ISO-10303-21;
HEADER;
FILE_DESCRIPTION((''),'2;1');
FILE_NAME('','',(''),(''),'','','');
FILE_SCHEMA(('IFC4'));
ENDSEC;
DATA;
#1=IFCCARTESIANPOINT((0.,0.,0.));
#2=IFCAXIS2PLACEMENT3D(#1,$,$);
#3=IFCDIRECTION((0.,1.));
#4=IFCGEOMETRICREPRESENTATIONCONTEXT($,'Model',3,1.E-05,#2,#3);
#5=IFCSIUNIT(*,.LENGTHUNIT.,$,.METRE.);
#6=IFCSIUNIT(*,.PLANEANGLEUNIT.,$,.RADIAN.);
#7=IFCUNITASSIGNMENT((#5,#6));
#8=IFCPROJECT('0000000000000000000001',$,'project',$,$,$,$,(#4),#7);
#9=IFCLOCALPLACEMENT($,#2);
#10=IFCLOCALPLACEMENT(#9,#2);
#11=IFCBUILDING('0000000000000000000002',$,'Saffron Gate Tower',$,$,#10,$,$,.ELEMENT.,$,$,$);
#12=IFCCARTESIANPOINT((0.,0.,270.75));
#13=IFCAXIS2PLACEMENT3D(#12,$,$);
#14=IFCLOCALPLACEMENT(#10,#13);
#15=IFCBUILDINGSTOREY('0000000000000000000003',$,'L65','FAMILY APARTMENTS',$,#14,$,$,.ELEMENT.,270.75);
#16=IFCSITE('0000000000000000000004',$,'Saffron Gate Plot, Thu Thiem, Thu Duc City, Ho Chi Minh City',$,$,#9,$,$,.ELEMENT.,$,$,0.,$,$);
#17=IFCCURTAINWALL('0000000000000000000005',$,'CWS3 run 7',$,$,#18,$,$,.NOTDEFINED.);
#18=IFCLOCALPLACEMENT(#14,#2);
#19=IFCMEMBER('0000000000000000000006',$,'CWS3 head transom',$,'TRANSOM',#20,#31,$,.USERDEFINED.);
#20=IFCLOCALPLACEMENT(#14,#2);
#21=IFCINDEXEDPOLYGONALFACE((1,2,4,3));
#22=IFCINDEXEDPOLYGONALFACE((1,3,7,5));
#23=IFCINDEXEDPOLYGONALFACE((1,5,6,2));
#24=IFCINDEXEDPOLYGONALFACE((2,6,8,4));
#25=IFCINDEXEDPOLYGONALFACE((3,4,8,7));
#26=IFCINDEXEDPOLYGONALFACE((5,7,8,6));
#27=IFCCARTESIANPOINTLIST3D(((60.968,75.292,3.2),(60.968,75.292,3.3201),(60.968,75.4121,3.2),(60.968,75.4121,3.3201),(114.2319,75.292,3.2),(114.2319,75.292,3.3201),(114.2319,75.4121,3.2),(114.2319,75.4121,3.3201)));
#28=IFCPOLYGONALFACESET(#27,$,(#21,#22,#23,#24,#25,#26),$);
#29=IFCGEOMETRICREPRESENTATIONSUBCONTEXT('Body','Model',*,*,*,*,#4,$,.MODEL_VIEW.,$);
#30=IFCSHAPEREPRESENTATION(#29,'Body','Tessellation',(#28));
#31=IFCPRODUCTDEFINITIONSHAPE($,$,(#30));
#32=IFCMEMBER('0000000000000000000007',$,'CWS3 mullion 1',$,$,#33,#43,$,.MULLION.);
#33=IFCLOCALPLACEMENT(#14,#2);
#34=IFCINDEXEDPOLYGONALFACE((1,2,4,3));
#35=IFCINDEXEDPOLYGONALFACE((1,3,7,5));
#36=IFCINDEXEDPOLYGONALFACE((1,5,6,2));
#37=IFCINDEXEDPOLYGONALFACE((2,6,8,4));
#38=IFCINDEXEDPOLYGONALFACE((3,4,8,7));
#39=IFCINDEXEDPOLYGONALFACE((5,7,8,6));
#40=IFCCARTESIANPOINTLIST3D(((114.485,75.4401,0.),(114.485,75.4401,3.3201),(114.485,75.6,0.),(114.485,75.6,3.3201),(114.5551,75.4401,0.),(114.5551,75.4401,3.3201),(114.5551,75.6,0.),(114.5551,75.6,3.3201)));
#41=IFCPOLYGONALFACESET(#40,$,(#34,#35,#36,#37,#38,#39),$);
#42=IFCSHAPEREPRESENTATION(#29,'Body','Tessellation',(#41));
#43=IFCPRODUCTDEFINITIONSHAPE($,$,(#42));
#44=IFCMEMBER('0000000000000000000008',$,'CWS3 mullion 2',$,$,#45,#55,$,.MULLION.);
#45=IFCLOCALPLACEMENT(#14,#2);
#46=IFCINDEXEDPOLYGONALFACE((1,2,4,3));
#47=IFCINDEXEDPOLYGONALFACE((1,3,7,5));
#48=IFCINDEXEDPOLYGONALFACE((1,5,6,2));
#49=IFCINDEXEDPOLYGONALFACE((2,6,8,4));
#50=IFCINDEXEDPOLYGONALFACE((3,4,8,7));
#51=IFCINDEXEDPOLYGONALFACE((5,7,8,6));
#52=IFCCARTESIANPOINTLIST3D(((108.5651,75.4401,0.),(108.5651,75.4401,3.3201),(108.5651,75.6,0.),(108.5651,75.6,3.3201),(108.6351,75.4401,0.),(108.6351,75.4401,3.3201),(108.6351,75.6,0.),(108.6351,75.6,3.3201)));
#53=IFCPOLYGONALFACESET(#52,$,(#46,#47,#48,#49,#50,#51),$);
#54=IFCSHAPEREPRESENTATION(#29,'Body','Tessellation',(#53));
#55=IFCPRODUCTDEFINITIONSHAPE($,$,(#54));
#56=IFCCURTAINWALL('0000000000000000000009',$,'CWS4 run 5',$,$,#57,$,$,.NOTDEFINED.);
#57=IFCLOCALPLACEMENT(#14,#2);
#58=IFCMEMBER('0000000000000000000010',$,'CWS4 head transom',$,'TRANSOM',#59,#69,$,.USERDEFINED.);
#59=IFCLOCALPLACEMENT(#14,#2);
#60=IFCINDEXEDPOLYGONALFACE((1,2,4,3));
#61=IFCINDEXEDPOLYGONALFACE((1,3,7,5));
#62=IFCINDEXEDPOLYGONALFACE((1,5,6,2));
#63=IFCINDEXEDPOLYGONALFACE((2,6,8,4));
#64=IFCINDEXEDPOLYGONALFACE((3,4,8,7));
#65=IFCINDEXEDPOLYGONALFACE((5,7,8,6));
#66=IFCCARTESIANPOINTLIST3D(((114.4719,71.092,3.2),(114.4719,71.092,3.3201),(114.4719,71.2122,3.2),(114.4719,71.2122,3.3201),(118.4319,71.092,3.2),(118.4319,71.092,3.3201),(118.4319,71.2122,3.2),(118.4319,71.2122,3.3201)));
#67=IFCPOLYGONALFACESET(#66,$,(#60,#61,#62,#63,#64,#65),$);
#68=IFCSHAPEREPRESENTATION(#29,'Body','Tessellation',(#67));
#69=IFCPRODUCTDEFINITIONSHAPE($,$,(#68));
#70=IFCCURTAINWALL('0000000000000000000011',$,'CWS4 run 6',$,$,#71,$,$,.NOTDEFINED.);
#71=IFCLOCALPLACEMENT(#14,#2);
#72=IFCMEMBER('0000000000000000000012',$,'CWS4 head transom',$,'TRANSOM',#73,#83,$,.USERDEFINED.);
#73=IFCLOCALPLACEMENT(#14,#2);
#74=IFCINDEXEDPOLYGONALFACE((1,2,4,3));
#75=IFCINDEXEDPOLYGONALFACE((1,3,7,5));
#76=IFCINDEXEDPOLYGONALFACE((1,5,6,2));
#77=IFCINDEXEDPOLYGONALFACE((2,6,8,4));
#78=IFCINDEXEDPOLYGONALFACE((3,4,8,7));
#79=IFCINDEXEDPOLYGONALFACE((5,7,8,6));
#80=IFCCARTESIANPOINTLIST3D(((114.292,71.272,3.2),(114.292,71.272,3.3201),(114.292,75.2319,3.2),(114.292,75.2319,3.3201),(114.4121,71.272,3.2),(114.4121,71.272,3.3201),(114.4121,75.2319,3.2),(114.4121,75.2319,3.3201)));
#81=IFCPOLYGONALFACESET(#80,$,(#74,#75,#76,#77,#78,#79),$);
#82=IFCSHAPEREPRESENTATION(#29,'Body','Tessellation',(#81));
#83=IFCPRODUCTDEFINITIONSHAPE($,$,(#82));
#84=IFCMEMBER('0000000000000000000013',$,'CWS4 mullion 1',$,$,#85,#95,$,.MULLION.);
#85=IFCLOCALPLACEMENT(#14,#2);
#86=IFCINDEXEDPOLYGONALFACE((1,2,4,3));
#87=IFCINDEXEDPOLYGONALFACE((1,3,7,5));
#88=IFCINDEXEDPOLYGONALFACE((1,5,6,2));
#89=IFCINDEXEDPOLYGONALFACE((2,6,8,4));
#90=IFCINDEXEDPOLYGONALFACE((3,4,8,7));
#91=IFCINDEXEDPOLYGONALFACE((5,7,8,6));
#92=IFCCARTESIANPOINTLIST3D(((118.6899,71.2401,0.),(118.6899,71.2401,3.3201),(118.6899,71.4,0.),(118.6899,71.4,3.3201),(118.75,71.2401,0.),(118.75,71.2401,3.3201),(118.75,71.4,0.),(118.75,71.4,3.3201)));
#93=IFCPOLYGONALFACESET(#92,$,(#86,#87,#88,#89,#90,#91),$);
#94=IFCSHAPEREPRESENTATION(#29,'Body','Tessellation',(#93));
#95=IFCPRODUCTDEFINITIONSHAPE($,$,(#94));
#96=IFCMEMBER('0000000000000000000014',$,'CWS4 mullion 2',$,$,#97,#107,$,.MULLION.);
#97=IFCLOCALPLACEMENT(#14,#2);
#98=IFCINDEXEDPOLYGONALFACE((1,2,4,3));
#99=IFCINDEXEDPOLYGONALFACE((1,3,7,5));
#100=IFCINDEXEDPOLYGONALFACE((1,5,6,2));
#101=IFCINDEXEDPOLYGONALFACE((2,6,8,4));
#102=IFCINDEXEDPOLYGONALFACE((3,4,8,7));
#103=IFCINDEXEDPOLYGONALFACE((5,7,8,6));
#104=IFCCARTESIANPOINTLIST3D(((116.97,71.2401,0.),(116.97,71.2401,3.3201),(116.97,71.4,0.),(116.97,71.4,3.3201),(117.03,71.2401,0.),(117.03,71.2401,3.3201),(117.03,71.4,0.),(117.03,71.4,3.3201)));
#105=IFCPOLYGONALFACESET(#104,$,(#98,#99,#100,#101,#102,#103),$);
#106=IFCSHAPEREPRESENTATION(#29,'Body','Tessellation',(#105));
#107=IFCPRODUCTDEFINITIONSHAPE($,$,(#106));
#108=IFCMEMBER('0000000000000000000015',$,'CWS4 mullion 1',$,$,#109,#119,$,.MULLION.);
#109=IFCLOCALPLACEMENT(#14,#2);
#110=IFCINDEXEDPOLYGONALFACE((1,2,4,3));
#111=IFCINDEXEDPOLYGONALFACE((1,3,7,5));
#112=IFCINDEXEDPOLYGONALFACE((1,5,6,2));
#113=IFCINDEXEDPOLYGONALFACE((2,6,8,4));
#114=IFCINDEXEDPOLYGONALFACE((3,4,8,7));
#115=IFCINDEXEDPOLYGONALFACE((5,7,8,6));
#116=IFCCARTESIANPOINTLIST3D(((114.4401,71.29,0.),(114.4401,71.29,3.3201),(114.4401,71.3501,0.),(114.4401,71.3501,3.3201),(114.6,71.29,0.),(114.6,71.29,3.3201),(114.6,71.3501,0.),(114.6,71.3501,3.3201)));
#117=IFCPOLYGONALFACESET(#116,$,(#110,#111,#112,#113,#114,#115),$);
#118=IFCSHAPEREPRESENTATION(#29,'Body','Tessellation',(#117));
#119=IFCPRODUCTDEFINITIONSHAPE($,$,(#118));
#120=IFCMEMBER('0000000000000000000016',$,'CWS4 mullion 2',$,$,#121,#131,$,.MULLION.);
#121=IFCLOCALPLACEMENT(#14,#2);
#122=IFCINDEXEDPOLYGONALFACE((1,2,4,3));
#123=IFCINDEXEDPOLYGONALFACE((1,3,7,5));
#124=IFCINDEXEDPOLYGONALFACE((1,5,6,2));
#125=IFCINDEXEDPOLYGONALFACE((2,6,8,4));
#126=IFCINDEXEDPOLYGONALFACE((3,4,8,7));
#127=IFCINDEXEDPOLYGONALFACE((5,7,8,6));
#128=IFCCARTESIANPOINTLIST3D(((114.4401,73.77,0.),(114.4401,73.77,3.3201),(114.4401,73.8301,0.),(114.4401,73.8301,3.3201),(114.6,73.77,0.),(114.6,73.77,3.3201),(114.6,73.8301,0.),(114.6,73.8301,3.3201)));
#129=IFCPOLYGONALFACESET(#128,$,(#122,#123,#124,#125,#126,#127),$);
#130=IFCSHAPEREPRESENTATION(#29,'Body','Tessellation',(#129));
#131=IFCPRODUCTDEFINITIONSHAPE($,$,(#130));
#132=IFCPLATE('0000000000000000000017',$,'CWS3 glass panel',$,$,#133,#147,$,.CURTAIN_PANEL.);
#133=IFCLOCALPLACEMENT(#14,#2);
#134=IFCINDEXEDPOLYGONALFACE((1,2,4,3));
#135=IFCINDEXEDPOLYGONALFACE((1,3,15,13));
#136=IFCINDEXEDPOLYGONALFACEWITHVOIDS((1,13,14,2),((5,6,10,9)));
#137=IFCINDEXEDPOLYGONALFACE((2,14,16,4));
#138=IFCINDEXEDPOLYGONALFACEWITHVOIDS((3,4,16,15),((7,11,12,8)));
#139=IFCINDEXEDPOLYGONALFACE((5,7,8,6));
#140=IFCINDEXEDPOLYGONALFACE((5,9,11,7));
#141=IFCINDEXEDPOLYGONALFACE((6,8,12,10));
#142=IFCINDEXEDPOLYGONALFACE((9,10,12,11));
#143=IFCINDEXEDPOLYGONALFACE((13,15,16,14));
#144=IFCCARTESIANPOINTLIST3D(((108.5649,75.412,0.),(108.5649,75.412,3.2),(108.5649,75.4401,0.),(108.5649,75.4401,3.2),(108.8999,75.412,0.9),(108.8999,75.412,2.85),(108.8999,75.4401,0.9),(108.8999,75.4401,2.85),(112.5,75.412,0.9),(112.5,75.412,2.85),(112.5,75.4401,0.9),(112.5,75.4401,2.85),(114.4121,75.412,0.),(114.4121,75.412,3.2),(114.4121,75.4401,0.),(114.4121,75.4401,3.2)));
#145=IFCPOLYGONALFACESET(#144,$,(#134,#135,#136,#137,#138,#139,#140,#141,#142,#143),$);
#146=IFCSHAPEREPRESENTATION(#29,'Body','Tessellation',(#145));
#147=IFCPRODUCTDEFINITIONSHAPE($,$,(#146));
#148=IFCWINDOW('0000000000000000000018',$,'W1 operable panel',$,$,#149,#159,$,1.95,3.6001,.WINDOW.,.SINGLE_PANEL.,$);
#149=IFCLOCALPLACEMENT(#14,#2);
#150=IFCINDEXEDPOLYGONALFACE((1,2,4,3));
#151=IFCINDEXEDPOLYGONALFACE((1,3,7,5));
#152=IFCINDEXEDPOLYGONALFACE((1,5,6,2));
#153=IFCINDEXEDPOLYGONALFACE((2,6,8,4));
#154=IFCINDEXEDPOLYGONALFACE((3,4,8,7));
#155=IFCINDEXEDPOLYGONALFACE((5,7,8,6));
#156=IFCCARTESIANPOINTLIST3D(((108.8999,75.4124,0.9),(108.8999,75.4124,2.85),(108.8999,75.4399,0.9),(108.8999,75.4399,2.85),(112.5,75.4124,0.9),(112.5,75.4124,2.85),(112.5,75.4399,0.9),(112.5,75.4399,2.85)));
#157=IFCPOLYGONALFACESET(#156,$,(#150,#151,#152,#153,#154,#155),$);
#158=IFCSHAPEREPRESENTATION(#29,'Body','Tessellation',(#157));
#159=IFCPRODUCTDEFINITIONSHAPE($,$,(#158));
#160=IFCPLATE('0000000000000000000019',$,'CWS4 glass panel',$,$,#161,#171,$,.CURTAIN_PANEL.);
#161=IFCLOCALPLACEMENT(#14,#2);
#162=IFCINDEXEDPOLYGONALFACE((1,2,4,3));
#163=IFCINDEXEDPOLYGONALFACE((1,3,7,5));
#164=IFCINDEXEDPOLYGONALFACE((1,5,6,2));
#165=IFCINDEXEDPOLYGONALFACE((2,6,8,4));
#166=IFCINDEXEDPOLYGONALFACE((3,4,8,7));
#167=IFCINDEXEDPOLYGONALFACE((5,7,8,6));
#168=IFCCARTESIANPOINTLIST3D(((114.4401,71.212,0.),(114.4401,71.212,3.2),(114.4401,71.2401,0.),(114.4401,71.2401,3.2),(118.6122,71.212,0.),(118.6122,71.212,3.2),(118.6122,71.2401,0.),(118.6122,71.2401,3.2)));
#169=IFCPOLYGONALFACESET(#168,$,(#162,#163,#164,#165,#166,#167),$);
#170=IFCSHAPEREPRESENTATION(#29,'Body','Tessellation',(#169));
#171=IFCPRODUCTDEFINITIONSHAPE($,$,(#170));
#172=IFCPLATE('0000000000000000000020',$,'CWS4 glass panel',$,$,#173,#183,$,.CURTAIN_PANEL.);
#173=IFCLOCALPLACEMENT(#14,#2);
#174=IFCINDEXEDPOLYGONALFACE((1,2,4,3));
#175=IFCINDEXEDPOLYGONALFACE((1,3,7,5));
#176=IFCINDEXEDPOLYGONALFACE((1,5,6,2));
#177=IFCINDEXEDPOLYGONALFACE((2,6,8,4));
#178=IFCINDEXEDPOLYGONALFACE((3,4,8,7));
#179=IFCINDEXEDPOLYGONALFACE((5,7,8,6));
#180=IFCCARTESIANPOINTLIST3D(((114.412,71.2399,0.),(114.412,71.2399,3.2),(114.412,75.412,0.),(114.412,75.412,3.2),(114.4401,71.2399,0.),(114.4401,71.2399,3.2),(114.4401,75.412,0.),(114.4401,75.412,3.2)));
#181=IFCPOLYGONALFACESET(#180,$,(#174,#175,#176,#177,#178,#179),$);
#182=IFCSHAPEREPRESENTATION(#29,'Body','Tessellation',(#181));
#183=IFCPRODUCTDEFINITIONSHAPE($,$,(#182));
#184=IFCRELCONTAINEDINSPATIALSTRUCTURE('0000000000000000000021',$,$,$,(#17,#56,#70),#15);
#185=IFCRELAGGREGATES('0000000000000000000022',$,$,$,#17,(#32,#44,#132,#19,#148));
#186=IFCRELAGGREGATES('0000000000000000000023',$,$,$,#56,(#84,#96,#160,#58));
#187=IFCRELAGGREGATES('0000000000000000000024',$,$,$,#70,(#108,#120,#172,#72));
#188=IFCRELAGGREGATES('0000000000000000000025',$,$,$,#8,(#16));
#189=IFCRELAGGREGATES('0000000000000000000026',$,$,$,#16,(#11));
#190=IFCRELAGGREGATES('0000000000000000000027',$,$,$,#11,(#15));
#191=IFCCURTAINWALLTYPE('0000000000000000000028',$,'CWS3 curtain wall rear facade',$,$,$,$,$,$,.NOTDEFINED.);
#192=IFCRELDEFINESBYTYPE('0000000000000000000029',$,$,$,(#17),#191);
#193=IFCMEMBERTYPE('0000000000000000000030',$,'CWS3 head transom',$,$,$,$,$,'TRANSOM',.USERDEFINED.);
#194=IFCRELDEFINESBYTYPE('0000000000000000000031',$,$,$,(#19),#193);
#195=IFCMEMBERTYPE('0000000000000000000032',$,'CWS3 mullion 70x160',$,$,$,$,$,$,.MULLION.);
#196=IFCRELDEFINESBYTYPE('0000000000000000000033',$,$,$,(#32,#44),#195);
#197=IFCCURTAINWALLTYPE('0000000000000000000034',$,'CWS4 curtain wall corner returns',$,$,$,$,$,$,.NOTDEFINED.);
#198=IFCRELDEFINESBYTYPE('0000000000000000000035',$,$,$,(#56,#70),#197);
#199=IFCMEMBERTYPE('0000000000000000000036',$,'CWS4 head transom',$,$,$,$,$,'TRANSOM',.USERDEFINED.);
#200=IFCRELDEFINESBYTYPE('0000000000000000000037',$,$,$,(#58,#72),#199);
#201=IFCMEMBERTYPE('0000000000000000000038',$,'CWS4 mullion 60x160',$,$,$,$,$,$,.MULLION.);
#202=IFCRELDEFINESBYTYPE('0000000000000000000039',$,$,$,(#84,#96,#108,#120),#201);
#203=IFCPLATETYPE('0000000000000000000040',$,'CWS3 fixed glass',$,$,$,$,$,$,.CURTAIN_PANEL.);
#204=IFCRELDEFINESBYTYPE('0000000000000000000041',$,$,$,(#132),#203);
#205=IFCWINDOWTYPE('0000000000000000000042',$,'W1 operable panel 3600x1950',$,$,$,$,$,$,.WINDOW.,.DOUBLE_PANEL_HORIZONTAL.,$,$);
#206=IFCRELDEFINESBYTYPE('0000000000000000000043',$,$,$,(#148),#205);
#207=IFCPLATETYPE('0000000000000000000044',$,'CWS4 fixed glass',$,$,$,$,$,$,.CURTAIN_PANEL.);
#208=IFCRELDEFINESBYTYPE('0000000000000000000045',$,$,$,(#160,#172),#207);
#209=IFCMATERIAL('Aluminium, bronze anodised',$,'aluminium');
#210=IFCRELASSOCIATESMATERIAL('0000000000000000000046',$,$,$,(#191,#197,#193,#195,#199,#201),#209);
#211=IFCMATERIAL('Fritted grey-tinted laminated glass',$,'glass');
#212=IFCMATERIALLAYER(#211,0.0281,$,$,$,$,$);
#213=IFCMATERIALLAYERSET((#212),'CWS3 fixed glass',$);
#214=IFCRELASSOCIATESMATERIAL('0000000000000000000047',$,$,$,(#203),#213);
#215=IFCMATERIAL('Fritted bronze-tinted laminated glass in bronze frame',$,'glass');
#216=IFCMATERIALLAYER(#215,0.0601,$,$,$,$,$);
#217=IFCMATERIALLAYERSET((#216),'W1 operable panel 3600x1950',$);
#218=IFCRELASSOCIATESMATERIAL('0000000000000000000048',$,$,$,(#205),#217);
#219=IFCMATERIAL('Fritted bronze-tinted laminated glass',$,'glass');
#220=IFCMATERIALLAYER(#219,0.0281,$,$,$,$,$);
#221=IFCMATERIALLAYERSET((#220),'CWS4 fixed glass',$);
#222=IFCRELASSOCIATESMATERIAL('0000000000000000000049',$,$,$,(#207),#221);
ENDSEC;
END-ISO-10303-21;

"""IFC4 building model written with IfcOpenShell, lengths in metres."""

from ifc_helpers import new_model, si_unit, direction, frame, frame_2d, origin, origin_2d, place, context, subcontext, project, spatial, rectangle, extrude, material, layer, layer_set, material_profile, profile_set, type_object, element, fill, aggregate, save


model = new_model("IFC4")

# Units and contexts
model_context = context("Model", 3, precision=1e-05, world=origin(), true_north=direction((0.0, 1.0)))
body_context = subcontext(model_context, "Body", "Model", "MODEL_VIEW")
ifc_project = project(units=[si_unit("LENGTHUNIT", "METRE"), si_unit("PLANEANGLEUNIT", "RADIAN")], contexts=[model_context])

# Site, building, storey
site_placement = place(None, origin())
site = spatial("IfcSite", under=ifc_project, at=site_placement, Name="Saffron Gate Plot, Thu Thiem, Thu Duc City, Ho Chi Minh City", CompositionType="ELEMENT", RefElevation=0.0)
building_placement = place(site_placement, origin())
building = spatial("IfcBuilding", under=site, at=building_placement, Name="Saffron Gate Tower", CompositionType="ELEMENT")
storey_placement = place(building_placement, frame((0.0, 0.0, 270.75)))
storey = spatial("IfcBuildingStorey", under=building, at=storey_placement, Name="L65", Description="FAMILY APARTMENTS", CompositionType="ELEMENT", Elevation=270.75)

# Curtain wall, members
ifc_material_1 = material(Name="Aluminium, bronze anodised", Category="aluminium")
curtain_wall_type_1 = type_object("IfcCurtainWallType", Name="CWS3 curtain wall rear facade", PredefinedType="NOTDEFINED", material=ifc_material_1)
curtain_wall_1_placement = place(storey_placement, origin())
curtain_wall_1 = element("IfcCurtainWall", 1, at=curtain_wall_1_placement, inside=storey, type_object=curtain_wall_type_1, Name="CWS3 run 7", PredefinedType="NOTDEFINED")
ifc_material_profile_1 = material_profile(ifc_material_1, rectangle(XDim=0.1201, YDim=0.1201, at=origin_2d()))
ifc_profile_set_1 = profile_set([ifc_material_profile_1], Name="Aluminium, bronze anodised")
member_type_1 = type_object("IfcMemberType", Name="CWS3 head transom", ElementType="TRANSOM", PredefinedType="USERDEFINED", material=ifc_profile_set_1)
member_1_placement = place(storey_placement, frame((114.2319, 75.3521, 3.26), z_axis=(-1.0, 0.0, 0.0), x_axis=(0.0, -1.0, 0.0)))
member_1 = element("IfcMember", 2, at=member_1_placement, type_object=member_type_1, Name="CWS3 head transom", ObjectType="TRANSOM", PredefinedType="USERDEFINED", context=body_context, shape_type="SweptSolid", body=[
    extrude(rectangle(XDim=0.1201, YDim=0.1201, at=origin_2d()), origin(), (0.0, 0.0, 1.0), 53.2639),
])
ifc_material_profile_2 = material_profile(ifc_material_1, rectangle(XDim=0.1599, YDim=0.0701, at=origin_2d()))
ifc_profile_set_2 = profile_set([ifc_material_profile_2], Name="Aluminium, bronze anodised")
member_type_2 = type_object("IfcMemberType", Name="CWS3 mullion 70x160", PredefinedType="MULLION", material=ifc_profile_set_2)
member_2_placement = place(storey_placement, frame((114.52, 75.52, 0.0), z_axis=(0.0, 0.0, 1.0), x_axis=(0.0, -1.0, 0.0)))
member_2 = element("IfcMember", 3, at=member_2_placement, type_object=member_type_2, Name="CWS3 mullion 1", PredefinedType="MULLION", context=body_context, shape_type="SweptSolid", body=[
    extrude(rectangle(XDim=0.1599, YDim=0.0701, at=origin_2d()), origin(), (0.0, 0.0, 1.0), 3.3201),
])
member_3_placement = place(storey_placement, frame((108.6001, 75.52, 0.0), z_axis=(0.0, 0.0, 1.0), x_axis=(0.0, -1.0, 0.0)))
member_3 = element("IfcMember", 4, at=member_3_placement, type_object=member_type_2, Name="CWS3 mullion 2", PredefinedType="MULLION", context=body_context, shape_type="SweptSolid", body=[
    extrude(rectangle(XDim=0.1599, YDim=0.0701, at=origin_2d()), origin(), (0.0, 0.0, 1.0), 3.3201),
])

# Curtain walls, members
curtain_wall_type_2 = type_object("IfcCurtainWallType", Name="CWS4 curtain wall corner returns", PredefinedType="NOTDEFINED", material=ifc_material_1)
curtain_wall_2_placement = place(storey_placement, origin())
curtain_wall_2 = element("IfcCurtainWall", 5, at=curtain_wall_2_placement, inside=storey, type_object=curtain_wall_type_2, Name="CWS4 run 5", PredefinedType="NOTDEFINED")
ifc_material_profile_3 = material_profile(ifc_material_1, rectangle(XDim=0.1201, YDim=0.1201, at=origin_2d()))
ifc_profile_set_3 = profile_set([ifc_material_profile_3], Name="Aluminium, bronze anodised")
member_type_3 = type_object("IfcMemberType", Name="CWS4 head transom", ElementType="TRANSOM", PredefinedType="USERDEFINED", material=ifc_profile_set_3)
member_4_placement = place(storey_placement, frame((118.4319, 71.1521, 3.26), z_axis=(-1.0, 0.0, 0.0), x_axis=(0.0, -1.0, 0.0)))
member_4 = element("IfcMember", 6, at=member_4_placement, type_object=member_type_3, Name="CWS4 head transom", ObjectType="TRANSOM", PredefinedType="USERDEFINED", context=body_context, shape_type="SweptSolid", body=[
    extrude(rectangle(XDim=0.1201, YDim=0.1201, at=origin_2d()), origin(), (0.0, 0.0, 1.0), 3.96),
])
curtain_wall_3_placement = place(storey_placement, origin())
curtain_wall_3 = element("IfcCurtainWall", 7, at=curtain_wall_3_placement, inside=storey, type_object=curtain_wall_type_2, Name="CWS4 run 6", PredefinedType="NOTDEFINED")
member_5_placement = place(storey_placement, frame((114.3521, 71.272, 3.26), z_axis=(0.0, 1.0, 0.0), x_axis=(-1.0, 0.0, 0.0)))
member_5 = element("IfcMember", 8, at=member_5_placement, type_object=member_type_3, Name="CWS4 head transom", ObjectType="TRANSOM", PredefinedType="USERDEFINED", context=body_context, shape_type="SweptSolid", body=[
    extrude(rectangle(XDim=0.1201, YDim=0.1201, at=origin_2d()), origin(), (0.0, 0.0, 1.0), 3.96),
])

# Members
ifc_material_profile_4 = material_profile(ifc_material_1, rectangle(XDim=0.1599, YDim=0.0601, at=origin_2d()))
ifc_profile_set_4 = profile_set([ifc_material_profile_4], Name="Aluminium, bronze anodised")
member_type_4 = type_object("IfcMemberType", Name="CWS4 mullion 60x160", PredefinedType="MULLION", material=ifc_profile_set_4)
member_6_placement = place(storey_placement, frame((118.72, 71.3201, 0.0), z_axis=(0.0, 0.0, 1.0), x_axis=(0.0, -1.0, 0.0)))
member_6 = element("IfcMember", 9, at=member_6_placement, type_object=member_type_4, Name="CWS4 mullion 1", PredefinedType="MULLION", context=body_context, shape_type="SweptSolid", body=[
    extrude(rectangle(XDim=0.1599, YDim=0.0601, at=origin_2d()), origin(), (0.0, 0.0, 1.0), 3.3201),
])
member_7_placement = place(storey_placement, frame((117.0, 71.3201, 0.0), z_axis=(0.0, 0.0, 1.0), x_axis=(0.0, -1.0, 0.0)))
member_7 = element("IfcMember", 10, at=member_7_placement, type_object=member_type_4, Name="CWS4 mullion 2", PredefinedType="MULLION", context=body_context, shape_type="SweptSolid", body=[
    extrude(rectangle(XDim=0.1599, YDim=0.0601, at=origin_2d()), origin(), (0.0, 0.0, 1.0), 3.3201),
])
member_8_placement = place(storey_placement, frame((114.52, 71.3201, 0.0), z_axis=(0.0, 0.0, 1.0), x_axis=(-1.0, 0.0, 0.0)))
member_8 = element("IfcMember", 11, at=member_8_placement, type_object=member_type_4, Name="CWS4 mullion 1", PredefinedType="MULLION", context=body_context, shape_type="SweptSolid", body=[
    extrude(rectangle(XDim=0.1599, YDim=0.0601, at=origin_2d()), origin(), (0.0, 0.0, 1.0), 3.3201),
])
member_9_placement = place(storey_placement, frame((114.52, 73.8, 0.0), z_axis=(0.0, 0.0, 1.0), x_axis=(-1.0, 0.0, 0.0)))
member_9 = element("IfcMember", 12, at=member_9_placement, type_object=member_type_4, Name="CWS4 mullion 2", PredefinedType="MULLION", context=body_context, shape_type="SweptSolid", body=[
    extrude(rectangle(XDim=0.1599, YDim=0.0601, at=origin_2d()), origin(), (0.0, 0.0, 1.0), 3.3201),
])

# Plate, opening, window
ifc_material_2 = material(Name="Fritted grey-tinted laminated glass", Category="glass")
ifc_layer_1 = layer(ifc_material_2, 0.0281)
ifc_layer_set_1 = layer_set([ifc_layer_1], Name="CWS3 fixed glass")
plate_type_1 = type_object("IfcPlateType", Name="CWS3 fixed glass", PredefinedType="CURTAIN_PANEL", material=ifc_layer_set_1)
plate_1_placement = place(storey_placement, frame((114.4121, 75.426, 0.0), z_axis=(0.0, 0.0, 1.0), x_axis=(-1.0, 0.0, 0.0)))
plate_1 = element("IfcPlate", 13, at=plate_1_placement, type_object=plate_type_1, Name="CWS3 glass panel", PredefinedType="CURTAIN_PANEL", context=body_context, shape_type="SweptSolid", body=[
    extrude(rectangle(XDim=5.8472, YDim=0.0281, at=frame_2d((2.9236, 0.0))), origin(), (0.0, 0.0, 1.0), 3.2),
])
opening_1_placement = place(plate_1_placement, frame((1.9121, 0.0, 0.8999)))
opening_1 = element("IfcOpeningElement", 14, at=opening_1_placement, cuts=plate_1, PredefinedType="OPENING", context=body_context, shape_type="SweptSolid", body=[
    extrude(rectangle(XDim=3.6001, YDim=1.95, at=frame_2d((1.8, 0.9751))), frame((0.0, 0.0239, 0.0), z_axis=(0.0, -1.0, 0.0), x_axis=(1.0, 0.0, 0.0)), (0.0, 0.0, 1.0), 0.0481),
])
ifc_material_3 = material(Name="Fritted bronze-tinted laminated glass in bronze frame", Category="glass")
ifc_layer_2 = layer(ifc_material_3, 0.0601)
ifc_layer_set_2 = layer_set([ifc_layer_2], Name="W1 operable panel 3600x1950")
window_type = type_object("IfcWindowType", Name="W1 operable panel 3600x1950", PartitioningType="DOUBLE_PANEL_HORIZONTAL", PredefinedType="WINDOW", material=ifc_layer_set_2)
window_placement = place(opening_1_placement, origin())
window = element("IfcWindow", 15, at=window_placement, type_object=window_type, Name="W1 operable panel", OverallHeight=1.95, OverallWidth=3.6001, PartitioningType="SINGLE_PANEL", PredefinedType="WINDOW", context=body_context, shape_type="SweptSolid", body=[
    extrude(rectangle(XDim=3.6001, YDim=1.95, at=frame_2d((1.8, 0.9751))), frame((0.0, 0.0137, 0.0), z_axis=(0.0, -1.0, 0.0), x_axis=(1.0, 0.0, 0.0)), (0.0, 0.0, 1.0), 0.0276),
])
fill(opening_1, window)
aggregate(curtain_wall_1, [member_2, member_3, plate_1, member_1, window])

# Plates
ifc_material_4 = material(Name="Fritted bronze-tinted laminated glass", Category="glass")
ifc_layer_3 = layer(ifc_material_4, 0.0281)
ifc_layer_set_3 = layer_set([ifc_layer_3], Name="CWS4 fixed glass")
plate_type_2 = type_object("IfcPlateType", Name="CWS4 fixed glass", PredefinedType="CURTAIN_PANEL", material=ifc_layer_set_3)
plate_2_placement = place(storey_placement, frame((118.6121, 71.2261, 0.0), z_axis=(0.0, 0.0, 1.0), x_axis=(-1.0, 0.0, 0.0)))
plate_2 = element("IfcPlate", 16, at=plate_2_placement, type_object=plate_type_2, Name="CWS4 glass panel", PredefinedType="CURTAIN_PANEL", context=body_context, shape_type="SweptSolid", body=[
    extrude(rectangle(XDim=4.1721, YDim=0.0281, at=frame_2d((2.0859, 0.0))), origin(), (0.0, 0.0, 1.0), 3.2),
])
aggregate(curtain_wall_2, [member_6, member_7, plate_2, member_4])
plate_3_placement = place(storey_placement, frame((114.426, 71.24, 0.0), z_axis=(0.0, 0.0, 1.0), x_axis=(0.0, 1.0, 0.0)))
plate_3 = element("IfcPlate", 17, at=plate_3_placement, type_object=plate_type_2, Name="CWS4 glass panel", PredefinedType="CURTAIN_PANEL", context=body_context, shape_type="SweptSolid", body=[
    extrude(rectangle(XDim=4.1721, YDim=0.0281, at=frame_2d((2.0859, 0.0))), origin(), (0.0, 0.0, 1.0), 3.2),
])
aggregate(curtain_wall_3, [member_8, member_9, plate_3, member_5])

save(model, "model.ifc")
